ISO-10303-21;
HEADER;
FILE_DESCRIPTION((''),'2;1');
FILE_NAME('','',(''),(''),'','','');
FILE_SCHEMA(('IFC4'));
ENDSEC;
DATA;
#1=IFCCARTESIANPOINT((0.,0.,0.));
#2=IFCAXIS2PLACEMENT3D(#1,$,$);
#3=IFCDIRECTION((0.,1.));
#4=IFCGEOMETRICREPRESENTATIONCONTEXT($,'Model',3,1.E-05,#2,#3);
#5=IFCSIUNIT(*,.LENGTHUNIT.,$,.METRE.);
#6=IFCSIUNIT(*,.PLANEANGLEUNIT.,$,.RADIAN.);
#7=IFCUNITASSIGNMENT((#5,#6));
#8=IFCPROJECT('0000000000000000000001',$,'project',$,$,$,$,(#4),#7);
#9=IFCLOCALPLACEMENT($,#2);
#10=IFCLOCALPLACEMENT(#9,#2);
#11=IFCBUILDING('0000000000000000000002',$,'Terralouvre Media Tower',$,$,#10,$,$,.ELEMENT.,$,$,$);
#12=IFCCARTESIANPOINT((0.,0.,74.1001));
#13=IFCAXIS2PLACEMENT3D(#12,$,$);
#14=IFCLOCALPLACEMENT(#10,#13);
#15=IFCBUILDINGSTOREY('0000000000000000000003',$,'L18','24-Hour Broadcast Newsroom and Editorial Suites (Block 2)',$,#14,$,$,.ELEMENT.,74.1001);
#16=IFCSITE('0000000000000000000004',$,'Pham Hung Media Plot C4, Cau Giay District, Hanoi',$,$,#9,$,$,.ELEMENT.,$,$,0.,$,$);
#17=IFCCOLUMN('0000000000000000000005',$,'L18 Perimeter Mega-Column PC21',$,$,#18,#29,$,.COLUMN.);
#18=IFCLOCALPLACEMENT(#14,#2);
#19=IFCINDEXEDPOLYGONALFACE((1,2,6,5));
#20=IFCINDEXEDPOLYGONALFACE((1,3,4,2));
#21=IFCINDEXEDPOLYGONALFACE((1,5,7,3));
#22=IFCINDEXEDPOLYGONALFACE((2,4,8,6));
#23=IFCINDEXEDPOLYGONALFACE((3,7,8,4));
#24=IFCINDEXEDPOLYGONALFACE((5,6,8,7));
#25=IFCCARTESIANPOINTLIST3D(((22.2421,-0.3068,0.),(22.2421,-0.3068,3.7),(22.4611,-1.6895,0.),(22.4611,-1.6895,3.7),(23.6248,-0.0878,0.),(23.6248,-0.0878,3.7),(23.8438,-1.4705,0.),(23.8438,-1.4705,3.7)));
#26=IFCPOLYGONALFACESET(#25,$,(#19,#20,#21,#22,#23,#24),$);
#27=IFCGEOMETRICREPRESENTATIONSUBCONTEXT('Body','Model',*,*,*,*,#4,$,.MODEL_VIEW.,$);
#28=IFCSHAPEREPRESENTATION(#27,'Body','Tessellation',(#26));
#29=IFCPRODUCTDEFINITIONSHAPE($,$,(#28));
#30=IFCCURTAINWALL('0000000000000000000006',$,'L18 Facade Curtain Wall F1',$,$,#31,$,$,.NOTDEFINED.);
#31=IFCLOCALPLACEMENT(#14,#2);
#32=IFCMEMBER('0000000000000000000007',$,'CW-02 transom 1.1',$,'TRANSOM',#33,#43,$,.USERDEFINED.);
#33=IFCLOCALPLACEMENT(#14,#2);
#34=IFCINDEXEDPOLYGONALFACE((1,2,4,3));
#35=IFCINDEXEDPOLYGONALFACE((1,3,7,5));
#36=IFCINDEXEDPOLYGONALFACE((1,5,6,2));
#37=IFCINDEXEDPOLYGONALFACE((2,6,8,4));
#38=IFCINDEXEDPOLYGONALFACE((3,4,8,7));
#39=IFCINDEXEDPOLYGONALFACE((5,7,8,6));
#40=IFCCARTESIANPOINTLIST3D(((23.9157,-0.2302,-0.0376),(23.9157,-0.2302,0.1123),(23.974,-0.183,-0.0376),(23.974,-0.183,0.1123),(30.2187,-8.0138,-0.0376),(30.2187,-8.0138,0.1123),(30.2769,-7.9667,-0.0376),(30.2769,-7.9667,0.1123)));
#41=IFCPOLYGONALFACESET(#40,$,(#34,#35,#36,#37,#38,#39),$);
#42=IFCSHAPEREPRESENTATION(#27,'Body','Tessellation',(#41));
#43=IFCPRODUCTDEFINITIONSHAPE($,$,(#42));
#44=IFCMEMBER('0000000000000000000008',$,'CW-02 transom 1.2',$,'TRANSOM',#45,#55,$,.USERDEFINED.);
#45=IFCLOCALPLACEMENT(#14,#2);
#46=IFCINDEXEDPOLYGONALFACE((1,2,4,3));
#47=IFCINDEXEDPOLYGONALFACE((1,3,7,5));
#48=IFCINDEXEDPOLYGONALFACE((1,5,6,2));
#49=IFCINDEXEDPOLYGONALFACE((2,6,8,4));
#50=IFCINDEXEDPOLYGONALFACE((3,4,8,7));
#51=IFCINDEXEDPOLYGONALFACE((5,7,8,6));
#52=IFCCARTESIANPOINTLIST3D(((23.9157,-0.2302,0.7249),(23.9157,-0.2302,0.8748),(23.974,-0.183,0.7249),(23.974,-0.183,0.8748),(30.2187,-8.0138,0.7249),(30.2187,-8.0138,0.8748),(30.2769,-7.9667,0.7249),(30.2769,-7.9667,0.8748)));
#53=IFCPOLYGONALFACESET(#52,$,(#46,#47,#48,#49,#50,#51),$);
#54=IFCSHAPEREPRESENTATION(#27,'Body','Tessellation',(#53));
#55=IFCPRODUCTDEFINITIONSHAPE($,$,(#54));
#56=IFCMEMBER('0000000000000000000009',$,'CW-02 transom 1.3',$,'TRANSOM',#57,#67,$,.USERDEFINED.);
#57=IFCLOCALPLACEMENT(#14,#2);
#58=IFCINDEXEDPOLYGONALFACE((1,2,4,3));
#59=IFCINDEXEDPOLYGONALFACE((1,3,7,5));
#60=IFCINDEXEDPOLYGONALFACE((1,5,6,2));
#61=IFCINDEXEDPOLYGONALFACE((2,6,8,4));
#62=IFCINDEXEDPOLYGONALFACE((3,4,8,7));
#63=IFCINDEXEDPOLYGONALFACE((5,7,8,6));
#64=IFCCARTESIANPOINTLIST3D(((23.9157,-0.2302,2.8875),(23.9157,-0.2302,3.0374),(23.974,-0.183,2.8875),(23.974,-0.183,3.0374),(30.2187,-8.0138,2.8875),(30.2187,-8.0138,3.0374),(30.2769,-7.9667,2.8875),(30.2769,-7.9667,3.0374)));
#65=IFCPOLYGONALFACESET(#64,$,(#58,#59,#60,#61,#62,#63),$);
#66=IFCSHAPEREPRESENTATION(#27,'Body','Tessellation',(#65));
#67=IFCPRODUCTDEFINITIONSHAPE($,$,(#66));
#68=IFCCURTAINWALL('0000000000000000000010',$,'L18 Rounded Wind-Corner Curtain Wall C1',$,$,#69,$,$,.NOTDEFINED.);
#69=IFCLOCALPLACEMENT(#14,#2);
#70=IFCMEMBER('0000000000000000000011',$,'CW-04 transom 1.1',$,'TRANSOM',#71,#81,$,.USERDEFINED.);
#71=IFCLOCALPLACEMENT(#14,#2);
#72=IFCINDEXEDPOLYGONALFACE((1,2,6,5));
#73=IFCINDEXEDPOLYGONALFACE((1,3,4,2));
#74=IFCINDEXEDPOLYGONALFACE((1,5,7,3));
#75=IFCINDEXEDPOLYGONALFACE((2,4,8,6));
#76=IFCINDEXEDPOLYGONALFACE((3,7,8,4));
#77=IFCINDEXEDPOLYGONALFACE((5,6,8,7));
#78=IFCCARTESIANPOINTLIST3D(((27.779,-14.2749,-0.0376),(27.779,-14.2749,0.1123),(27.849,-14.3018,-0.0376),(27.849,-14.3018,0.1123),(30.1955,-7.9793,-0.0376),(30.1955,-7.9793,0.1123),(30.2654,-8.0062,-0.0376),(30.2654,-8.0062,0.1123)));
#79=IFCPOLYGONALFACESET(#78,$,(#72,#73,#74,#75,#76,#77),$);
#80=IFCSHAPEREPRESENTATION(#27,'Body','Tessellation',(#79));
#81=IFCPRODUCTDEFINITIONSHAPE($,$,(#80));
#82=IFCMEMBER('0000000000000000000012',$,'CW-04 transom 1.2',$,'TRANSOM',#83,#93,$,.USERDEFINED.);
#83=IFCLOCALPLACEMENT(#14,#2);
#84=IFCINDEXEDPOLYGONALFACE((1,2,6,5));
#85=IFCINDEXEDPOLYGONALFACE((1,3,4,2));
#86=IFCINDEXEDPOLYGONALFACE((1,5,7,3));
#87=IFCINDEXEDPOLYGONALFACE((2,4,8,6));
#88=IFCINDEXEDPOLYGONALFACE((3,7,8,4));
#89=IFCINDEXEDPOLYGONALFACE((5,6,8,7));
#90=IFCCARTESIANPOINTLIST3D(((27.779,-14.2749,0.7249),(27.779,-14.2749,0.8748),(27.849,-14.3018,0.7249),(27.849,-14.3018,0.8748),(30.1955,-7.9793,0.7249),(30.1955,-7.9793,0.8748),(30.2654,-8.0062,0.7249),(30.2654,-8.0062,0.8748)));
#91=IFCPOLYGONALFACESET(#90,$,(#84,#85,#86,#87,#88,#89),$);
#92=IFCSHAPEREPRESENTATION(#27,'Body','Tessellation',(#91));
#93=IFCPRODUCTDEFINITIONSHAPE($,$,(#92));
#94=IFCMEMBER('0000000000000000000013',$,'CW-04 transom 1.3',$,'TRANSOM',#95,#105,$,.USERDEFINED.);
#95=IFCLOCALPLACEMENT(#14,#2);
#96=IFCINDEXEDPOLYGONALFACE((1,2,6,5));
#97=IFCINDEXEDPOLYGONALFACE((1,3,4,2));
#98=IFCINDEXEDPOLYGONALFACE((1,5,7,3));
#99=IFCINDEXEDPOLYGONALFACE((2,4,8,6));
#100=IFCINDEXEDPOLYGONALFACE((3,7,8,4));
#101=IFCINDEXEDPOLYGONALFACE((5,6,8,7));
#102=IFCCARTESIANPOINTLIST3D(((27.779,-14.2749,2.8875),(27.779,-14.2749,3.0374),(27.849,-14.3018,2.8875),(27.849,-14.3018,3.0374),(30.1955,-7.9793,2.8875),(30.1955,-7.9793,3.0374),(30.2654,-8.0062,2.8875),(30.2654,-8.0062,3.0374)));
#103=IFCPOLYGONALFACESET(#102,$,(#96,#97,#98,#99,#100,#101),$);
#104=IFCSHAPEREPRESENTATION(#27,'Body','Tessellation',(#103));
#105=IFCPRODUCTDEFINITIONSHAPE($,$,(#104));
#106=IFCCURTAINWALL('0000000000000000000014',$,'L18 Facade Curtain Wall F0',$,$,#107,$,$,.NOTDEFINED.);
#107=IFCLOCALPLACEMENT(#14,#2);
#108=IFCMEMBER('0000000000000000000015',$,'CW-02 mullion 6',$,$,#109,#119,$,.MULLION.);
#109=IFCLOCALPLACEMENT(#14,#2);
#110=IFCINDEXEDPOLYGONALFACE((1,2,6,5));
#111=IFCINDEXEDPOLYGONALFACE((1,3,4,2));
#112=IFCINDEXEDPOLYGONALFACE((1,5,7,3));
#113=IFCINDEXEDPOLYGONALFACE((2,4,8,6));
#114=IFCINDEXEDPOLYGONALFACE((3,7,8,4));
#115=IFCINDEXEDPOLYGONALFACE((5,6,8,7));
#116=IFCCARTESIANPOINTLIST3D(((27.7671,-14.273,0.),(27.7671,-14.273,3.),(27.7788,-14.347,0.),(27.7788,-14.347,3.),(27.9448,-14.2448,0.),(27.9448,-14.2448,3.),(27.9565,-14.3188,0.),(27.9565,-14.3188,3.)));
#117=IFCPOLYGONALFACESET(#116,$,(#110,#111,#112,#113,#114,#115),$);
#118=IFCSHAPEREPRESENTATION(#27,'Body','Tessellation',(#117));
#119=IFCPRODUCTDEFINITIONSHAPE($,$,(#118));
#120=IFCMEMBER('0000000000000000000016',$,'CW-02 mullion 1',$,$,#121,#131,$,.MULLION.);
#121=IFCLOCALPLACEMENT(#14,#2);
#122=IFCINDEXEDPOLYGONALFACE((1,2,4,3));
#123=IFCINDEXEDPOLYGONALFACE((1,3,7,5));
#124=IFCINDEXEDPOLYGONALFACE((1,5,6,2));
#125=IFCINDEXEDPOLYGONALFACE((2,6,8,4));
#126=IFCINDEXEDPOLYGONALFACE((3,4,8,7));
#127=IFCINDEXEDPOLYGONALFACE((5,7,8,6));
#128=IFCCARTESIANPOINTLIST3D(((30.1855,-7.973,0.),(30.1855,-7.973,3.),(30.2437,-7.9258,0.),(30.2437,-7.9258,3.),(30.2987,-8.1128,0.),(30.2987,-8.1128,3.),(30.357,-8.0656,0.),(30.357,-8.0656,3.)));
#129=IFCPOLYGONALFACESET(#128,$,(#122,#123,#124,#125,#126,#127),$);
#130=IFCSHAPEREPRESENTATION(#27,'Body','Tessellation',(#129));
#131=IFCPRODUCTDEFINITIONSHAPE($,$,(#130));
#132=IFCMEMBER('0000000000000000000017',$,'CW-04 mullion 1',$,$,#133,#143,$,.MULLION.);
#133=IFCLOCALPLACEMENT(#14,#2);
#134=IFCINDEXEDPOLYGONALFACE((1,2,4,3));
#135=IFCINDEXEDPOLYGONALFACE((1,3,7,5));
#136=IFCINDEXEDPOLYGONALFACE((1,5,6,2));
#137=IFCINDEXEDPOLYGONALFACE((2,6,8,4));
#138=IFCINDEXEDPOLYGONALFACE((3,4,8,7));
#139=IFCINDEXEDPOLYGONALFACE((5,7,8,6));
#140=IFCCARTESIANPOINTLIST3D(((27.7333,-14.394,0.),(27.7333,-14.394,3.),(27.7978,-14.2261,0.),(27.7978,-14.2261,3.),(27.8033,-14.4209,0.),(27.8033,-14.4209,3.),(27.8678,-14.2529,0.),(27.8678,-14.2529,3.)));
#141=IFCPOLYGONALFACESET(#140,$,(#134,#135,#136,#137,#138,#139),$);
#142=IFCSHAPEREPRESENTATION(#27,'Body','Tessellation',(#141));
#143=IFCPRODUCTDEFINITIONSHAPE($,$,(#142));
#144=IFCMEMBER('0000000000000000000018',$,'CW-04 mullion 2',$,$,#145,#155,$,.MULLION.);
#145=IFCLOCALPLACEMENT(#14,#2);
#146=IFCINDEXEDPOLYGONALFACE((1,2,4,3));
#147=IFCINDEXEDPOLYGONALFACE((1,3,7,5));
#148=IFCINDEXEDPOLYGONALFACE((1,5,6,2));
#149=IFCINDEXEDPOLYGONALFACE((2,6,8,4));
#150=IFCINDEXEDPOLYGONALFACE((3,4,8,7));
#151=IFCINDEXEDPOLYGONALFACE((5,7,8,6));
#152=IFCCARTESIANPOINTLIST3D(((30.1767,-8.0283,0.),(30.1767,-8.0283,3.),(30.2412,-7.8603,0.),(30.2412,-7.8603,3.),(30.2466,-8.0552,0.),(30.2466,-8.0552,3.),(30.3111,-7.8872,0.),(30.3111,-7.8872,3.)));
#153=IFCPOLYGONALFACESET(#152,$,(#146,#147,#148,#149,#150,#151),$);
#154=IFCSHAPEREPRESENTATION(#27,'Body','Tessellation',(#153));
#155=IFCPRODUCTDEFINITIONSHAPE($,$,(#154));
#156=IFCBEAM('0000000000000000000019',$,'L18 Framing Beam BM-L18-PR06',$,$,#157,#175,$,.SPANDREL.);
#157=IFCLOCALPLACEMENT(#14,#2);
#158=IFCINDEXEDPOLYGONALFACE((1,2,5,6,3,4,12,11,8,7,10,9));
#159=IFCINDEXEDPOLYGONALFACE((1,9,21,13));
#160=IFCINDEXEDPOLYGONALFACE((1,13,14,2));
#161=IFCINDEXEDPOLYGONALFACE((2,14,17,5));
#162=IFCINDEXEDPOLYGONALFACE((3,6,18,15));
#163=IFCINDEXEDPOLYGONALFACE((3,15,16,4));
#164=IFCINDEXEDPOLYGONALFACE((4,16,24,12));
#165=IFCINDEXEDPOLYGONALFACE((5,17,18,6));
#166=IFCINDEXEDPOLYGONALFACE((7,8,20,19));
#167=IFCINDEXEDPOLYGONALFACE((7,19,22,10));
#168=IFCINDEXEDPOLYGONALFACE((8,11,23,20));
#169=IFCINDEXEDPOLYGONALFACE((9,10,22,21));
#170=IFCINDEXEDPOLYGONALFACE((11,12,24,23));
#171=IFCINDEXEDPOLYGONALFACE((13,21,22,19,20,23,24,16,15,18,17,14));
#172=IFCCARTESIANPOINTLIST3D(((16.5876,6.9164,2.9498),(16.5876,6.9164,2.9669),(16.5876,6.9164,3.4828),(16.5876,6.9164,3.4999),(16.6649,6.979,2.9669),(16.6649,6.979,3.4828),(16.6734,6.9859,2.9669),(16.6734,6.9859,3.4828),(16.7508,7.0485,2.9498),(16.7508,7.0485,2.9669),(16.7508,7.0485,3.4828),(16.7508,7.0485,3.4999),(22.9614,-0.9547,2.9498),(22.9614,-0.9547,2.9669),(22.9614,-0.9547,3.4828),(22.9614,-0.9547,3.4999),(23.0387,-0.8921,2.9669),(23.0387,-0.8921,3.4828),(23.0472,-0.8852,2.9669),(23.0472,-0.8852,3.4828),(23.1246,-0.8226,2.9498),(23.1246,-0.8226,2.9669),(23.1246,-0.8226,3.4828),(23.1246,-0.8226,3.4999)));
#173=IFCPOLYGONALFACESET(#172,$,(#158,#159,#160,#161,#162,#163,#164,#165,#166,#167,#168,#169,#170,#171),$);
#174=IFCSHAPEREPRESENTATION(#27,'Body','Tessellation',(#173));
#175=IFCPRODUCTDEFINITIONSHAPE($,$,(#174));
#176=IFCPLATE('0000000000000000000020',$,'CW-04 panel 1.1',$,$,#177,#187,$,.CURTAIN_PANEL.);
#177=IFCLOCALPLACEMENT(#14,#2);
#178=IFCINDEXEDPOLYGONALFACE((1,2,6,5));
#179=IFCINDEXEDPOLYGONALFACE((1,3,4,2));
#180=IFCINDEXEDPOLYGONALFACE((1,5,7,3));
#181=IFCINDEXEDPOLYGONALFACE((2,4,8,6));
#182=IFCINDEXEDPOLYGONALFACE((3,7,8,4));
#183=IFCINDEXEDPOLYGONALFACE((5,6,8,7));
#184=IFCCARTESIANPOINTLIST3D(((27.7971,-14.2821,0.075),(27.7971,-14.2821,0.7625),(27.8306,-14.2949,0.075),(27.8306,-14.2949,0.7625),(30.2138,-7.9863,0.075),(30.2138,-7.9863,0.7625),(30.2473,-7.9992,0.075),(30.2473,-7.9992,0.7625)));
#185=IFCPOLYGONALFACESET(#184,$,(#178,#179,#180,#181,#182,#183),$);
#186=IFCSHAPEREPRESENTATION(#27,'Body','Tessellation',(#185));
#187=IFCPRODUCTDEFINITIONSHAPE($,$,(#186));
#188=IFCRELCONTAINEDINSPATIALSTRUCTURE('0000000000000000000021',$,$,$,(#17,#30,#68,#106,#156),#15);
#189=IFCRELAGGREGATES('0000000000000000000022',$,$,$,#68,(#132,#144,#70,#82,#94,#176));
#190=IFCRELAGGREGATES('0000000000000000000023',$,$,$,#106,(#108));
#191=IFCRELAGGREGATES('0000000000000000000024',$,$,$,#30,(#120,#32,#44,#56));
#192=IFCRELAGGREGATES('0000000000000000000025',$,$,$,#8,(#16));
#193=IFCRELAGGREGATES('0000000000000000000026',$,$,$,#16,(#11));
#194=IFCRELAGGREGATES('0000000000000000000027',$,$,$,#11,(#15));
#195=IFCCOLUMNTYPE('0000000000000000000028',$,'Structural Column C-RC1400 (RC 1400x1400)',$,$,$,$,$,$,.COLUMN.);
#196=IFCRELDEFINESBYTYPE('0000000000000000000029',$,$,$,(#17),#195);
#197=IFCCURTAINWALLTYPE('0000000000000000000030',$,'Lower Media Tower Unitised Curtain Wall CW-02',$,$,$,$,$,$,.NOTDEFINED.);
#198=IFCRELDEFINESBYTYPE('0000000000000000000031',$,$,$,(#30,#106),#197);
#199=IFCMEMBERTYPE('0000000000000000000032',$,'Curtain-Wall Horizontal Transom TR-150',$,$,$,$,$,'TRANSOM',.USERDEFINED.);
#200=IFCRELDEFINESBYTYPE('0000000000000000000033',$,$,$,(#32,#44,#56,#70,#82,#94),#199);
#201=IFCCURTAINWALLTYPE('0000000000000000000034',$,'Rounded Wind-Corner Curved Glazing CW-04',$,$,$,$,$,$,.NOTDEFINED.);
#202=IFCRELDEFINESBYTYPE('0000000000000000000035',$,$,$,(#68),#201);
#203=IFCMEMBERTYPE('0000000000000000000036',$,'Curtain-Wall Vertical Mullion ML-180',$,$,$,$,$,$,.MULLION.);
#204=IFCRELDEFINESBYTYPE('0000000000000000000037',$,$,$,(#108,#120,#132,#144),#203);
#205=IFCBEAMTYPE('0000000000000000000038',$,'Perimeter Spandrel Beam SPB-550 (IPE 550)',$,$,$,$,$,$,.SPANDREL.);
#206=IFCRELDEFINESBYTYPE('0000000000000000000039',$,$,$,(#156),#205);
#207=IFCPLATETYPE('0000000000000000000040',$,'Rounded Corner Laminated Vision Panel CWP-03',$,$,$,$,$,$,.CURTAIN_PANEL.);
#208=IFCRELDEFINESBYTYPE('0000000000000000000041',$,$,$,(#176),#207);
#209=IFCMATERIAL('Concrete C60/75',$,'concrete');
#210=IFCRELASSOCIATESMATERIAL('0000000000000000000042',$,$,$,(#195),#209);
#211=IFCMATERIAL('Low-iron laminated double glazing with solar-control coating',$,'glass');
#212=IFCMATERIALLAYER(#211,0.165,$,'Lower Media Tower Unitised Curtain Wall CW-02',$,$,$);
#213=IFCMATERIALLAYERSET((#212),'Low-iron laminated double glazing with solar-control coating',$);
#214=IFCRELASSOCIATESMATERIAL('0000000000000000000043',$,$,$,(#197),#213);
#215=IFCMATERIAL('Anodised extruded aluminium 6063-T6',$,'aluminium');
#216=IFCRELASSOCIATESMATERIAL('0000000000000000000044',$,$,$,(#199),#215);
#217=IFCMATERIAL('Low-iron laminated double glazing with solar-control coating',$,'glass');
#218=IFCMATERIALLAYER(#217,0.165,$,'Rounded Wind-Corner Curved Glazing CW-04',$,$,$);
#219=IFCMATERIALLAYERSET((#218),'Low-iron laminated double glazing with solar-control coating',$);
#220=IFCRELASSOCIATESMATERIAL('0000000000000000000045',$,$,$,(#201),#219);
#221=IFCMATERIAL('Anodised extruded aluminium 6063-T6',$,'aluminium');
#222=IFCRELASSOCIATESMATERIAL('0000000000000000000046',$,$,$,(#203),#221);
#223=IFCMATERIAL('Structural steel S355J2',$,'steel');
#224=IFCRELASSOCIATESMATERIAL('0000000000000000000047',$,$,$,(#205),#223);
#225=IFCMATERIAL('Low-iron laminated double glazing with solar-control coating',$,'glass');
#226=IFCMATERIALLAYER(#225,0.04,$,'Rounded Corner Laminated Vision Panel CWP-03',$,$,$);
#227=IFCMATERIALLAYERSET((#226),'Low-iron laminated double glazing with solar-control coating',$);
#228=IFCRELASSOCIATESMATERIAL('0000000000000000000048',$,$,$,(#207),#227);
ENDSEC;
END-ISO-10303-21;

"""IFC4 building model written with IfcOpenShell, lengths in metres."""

from ifc_helpers import new_model, si_unit, direction, frame, origin, origin_2d, place, context, subcontext, project, spatial, rectangle, i_section, extrude, material, layer, layer_set, material_profile, profile_set, type_object, element, aggregate, save


model = new_model("IFC4")

# Units and contexts
model_context = context("Model", 3, precision=1e-05, world=origin(), true_north=direction((0.0, 1.0)))
body_context = subcontext(model_context, "Body", "Model", "MODEL_VIEW")
ifc_project = project(units=[si_unit("LENGTHUNIT", "METRE"), si_unit("PLANEANGLEUNIT", "RADIAN")], contexts=[model_context])

# Site, building, storey
site_placement = place(None, origin())
site = spatial("IfcSite", under=ifc_project, at=site_placement, Name="Pham Hung Media Plot C4, Cau Giay District, Hanoi", CompositionType="ELEMENT", RefElevation=0.0)
building_placement = place(site_placement, origin())
building = spatial("IfcBuilding", under=site, at=building_placement, Name="Terralouvre Media Tower", CompositionType="ELEMENT")
storey_placement = place(building_placement, frame((0.0, 0.0, 74.1001)))
storey = spatial("IfcBuildingStorey", under=building, at=storey_placement, Name="L18", Description="24-Hour Broadcast Newsroom and Editorial Suites (Block 2)", CompositionType="ELEMENT", Elevation=74.1001)

# Column
ifc_material_1 = material(Name="Concrete C60/75", Category="concrete")
ifc_material_profile_1 = material_profile(ifc_material_1, rectangle(XDim=1.3999, YDim=1.3999, at=origin_2d()), Name="RC 1400x1400")
ifc_profile_set_1 = profile_set([ifc_material_profile_1], Name="Concrete C60/75")
column_type = type_object("IfcColumnType", Name="Structural Column C-RC1400 (RC 1400x1400)", PredefinedType="COLUMN", material=ifc_profile_set_1)
column_placement = place(storey_placement, frame((23.043, -0.8887, 0.0), z_axis=(0.0, 0.0, 1.0), x_axis=(0.987688, 0.156434, 0.0)))
element("IfcColumn", 1, at=column_placement, inside=storey, type_object=column_type, Name="L18 Perimeter Mega-Column PC21", PredefinedType="COLUMN", context=body_context, shape_type="SweptSolid", body=[
    extrude(rectangle(XDim=1.3999, YDim=1.3999, at=origin_2d()), origin(), (0.0, 0.0, 1.0), 3.7),
])

# Curtain walls, members
ifc_material_2 = material(Name="Low-iron laminated double glazing with solar-control coating", Category="glass")
ifc_layer_1 = layer(ifc_material_2, 0.165, Name="Lower Media Tower Unitised Curtain Wall CW-02")
ifc_layer_set_1 = layer_set([ifc_layer_1], Name="Low-iron laminated double glazing with solar-control coating")
curtain_wall_type_1 = type_object("IfcCurtainWallType", Name="Lower Media Tower Unitised Curtain Wall CW-02", PredefinedType="NOTDEFINED", material=ifc_layer_set_1)
curtain_wall_1_placement = place(storey_placement, origin())
curtain_wall_1 = element("IfcCurtainWall", 2, at=curtain_wall_1_placement, inside=storey, type_object=curtain_wall_type_1, Name="L18 Facade Curtain Wall F1", PredefinedType="NOTDEFINED")
ifc_material_3 = material(Name="Anodised extruded aluminium 6063-T6", Category="aluminium")
ifc_material_profile_2 = material_profile(ifc_material_3, rectangle(XDim=0.075, YDim=0.1499, at=origin_2d()), Name="ALU 75x150")
ifc_profile_set_2 = profile_set([ifc_material_profile_2], Name="Anodised extruded aluminium 6063-T6")
member_type_1 = type_object("IfcMemberType", Name="Curtain-Wall Horizontal Transom TR-150", ElementType="TRANSOM", PredefinedType="USERDEFINED", material=ifc_profile_set_2)
member_1_placement = place(storey_placement, frame((30.2478, -7.9902, 0.0374), z_axis=(-0.629313, 0.777152, 0.0), x_axis=(-0.777152, -0.629313, 0.0)))
member_1 = element("IfcMember", 3, at=member_1_placement, type_object=member_type_1, Name="CW-02 transom 1.1", ObjectType="TRANSOM", PredefinedType="USERDEFINED", context=body_context, shape_type="SweptSolid", body=[
    extrude(rectangle(XDim=0.075, YDim=0.1499, at=origin_2d()), origin(), (0.0, 0.0, 1.0), 10.0156),
])
member_2_placement = place(storey_placement, frame((30.2478, -7.9902, 0.7998), z_axis=(-0.629313, 0.777152, 0.0), x_axis=(-0.777152, -0.629313, 0.0)))
member_2 = element("IfcMember", 4, at=member_2_placement, type_object=member_type_1, Name="CW-02 transom 1.2", ObjectType="TRANSOM", PredefinedType="USERDEFINED", context=body_context, shape_type="SweptSolid", body=[
    extrude(rectangle(XDim=0.075, YDim=0.1499, at=origin_2d()), origin(), (0.0, 0.0, 1.0), 10.0156),
])
member_3_placement = place(storey_placement, frame((30.2478, -7.9902, 2.9624), z_axis=(-0.629313, 0.777152, 0.0), x_axis=(-0.777152, -0.629313, 0.0)))
member_3 = element("IfcMember", 5, at=member_3_placement, type_object=member_type_1, Name="CW-02 transom 1.3", ObjectType="TRANSOM", PredefinedType="USERDEFINED", context=body_context, shape_type="SweptSolid", body=[
    extrude(rectangle(XDim=0.075, YDim=0.1499, at=origin_2d()), origin(), (0.0, 0.0, 1.0), 10.0156),
])
ifc_material_4 = material(Name="Low-iron laminated double glazing with solar-control coating", Category="glass")
ifc_layer_2 = layer(ifc_material_4, 0.165, Name="Rounded Wind-Corner Curved Glazing CW-04")
ifc_layer_set_2 = layer_set([ifc_layer_2], Name="Low-iron laminated double glazing with solar-control coating")
curtain_wall_type_2 = type_object("IfcCurtainWallType", Name="Rounded Wind-Corner Curved Glazing CW-04", PredefinedType="NOTDEFINED", material=ifc_layer_set_2)
curtain_wall_2_placement = place(storey_placement, origin())
curtain_wall_2 = element("IfcCurtainWall", 6, at=curtain_wall_2_placement, inside=storey, type_object=curtain_wall_type_2, Name="L18 Rounded Wind-Corner Curtain Wall C1", PredefinedType="NOTDEFINED")
member_4_placement = place(storey_placement, frame((27.814, -14.2883, 0.0374), z_axis=(0.358346, 0.933589, 0.0), x_axis=(-0.933589, 0.358346, 0.0)))
member_4 = element("IfcMember", 7, at=member_4_placement, type_object=member_type_1, Name="CW-04 transom 1.1", ObjectType="TRANSOM", PredefinedType="USERDEFINED", context=body_context, shape_type="SweptSolid", body=[
    extrude(rectangle(XDim=0.075, YDim=0.1499, at=origin_2d()), origin(), (0.0, 0.0, 1.0), 6.7434),
])
member_5_placement = place(storey_placement, frame((27.814, -14.2883, 0.7998), z_axis=(0.358346, 0.933589, 0.0), x_axis=(-0.933589, 0.358346, 0.0)))
member_5 = element("IfcMember", 8, at=member_5_placement, type_object=member_type_1, Name="CW-04 transom 1.2", ObjectType="TRANSOM", PredefinedType="USERDEFINED", context=body_context, shape_type="SweptSolid", body=[
    extrude(rectangle(XDim=0.075, YDim=0.1499, at=origin_2d()), origin(), (0.0, 0.0, 1.0), 6.7434),
])
member_6_placement = place(storey_placement, frame((27.814, -14.2883, 2.9624), z_axis=(0.358346, 0.933589, 0.0), x_axis=(-0.933589, 0.358346, 0.0)))
member_6 = element("IfcMember", 9, at=member_6_placement, type_object=member_type_1, Name="CW-04 transom 1.3", ObjectType="TRANSOM", PredefinedType="USERDEFINED", context=body_context, shape_type="SweptSolid", body=[
    extrude(rectangle(XDim=0.075, YDim=0.1499, at=origin_2d()), origin(), (0.0, 0.0, 1.0), 6.7434),
])

# Curtain wall, member
curtain_wall_3_placement = place(storey_placement, origin())
curtain_wall_3 = element("IfcCurtainWall", 10, at=curtain_wall_3_placement, inside=storey, type_object=curtain_wall_type_1, Name="L18 Facade Curtain Wall F0", PredefinedType="NOTDEFINED")
ifc_material_5 = material(Name="Anodised extruded aluminium 6063-T6", Category="aluminium")
ifc_material_profile_3 = material_profile(ifc_material_5, rectangle(XDim=0.075, YDim=0.1799, at=origin_2d()), Name="ALU 75x180")
ifc_profile_set_3 = profile_set([ifc_material_profile_3], Name="Anodised extruded aluminium 6063-T6")
member_type_2 = type_object("IfcMemberType", Name="Curtain-Wall Vertical Mullion ML-180", PredefinedType="MULLION", material=ifc_profile_set_3)
member_7_placement = place(storey_placement, frame((27.8618, -14.2959, 0.0), z_axis=(0.0, 0.0, 1.0), x_axis=(-0.156434, 0.987688, 0.0)))
member_7 = element("IfcMember", 11, at=member_7_placement, type_object=member_type_2, Name="CW-02 mullion 6", PredefinedType="MULLION", context=body_context, shape_type="SweptSolid", body=[
    extrude(rectangle(XDim=0.075, YDim=0.1799, at=origin_2d()), origin(), (0.0, 0.0, 1.0), 3.0),
])

# Members
member_8_placement = place(storey_placement, frame((30.2712, -8.0193, 0.0), z_axis=(0.0, 0.0, 1.0), x_axis=(-0.777146, -0.62932, 0.0)))
member_8 = element("IfcMember", 12, at=member_8_placement, type_object=member_type_2, Name="CW-02 mullion 1", PredefinedType="MULLION", context=body_context, shape_type="SweptSolid", body=[
    extrude(rectangle(XDim=0.075, YDim=0.1799, at=origin_2d()), origin(), (0.0, 0.0, 1.0), 3.0),
])
member_9_placement = place(storey_placement, frame((27.8005, -14.3235, 0.0), z_axis=(0.0, 0.0, 1.0), x_axis=(-0.933581, 0.358367, 0.0)))
member_9 = element("IfcMember", 13, at=member_9_placement, type_object=member_type_2, Name="CW-04 mullion 1", PredefinedType="MULLION", context=body_context, shape_type="SweptSolid", body=[
    extrude(rectangle(XDim=0.075, YDim=0.1799, at=origin_2d()), origin(), (0.0, 0.0, 1.0), 3.0),
])
member_10_placement = place(storey_placement, frame((30.2439, -7.9578, 0.0), z_axis=(0.0, 0.0, 1.0), x_axis=(-0.933581, 0.358367, 0.0)))
member_10 = element("IfcMember", 14, at=member_10_placement, type_object=member_type_2, Name="CW-04 mullion 2", PredefinedType="MULLION", context=body_context, shape_type="SweptSolid", body=[
    extrude(rectangle(XDim=0.075, YDim=0.1799, at=origin_2d()), origin(), (0.0, 0.0, 1.0), 3.0),
])

# Beam
ifc_material_6 = material(Name="Structural steel S355J2", Category="steel")
ifc_material_profile_4 = material_profile(ifc_material_6, i_section(OverallWidth=0.21, OverallDepth=0.55, WebThickness=0.011, FlangeThickness=0.0171, at=origin_2d()), Name="IPE 550")
ifc_profile_set_4 = profile_set([ifc_material_profile_4], Name="Structural steel S355J2")
beam_type = type_object("IfcBeamType", Name="Perimeter Spandrel Beam SPB-550 (IPE 550)", PredefinedType="SPANDREL", material=ifc_profile_set_4)
beam_placement = place(storey_placement, frame((23.043, -0.8887, 3.2249), z_axis=(-0.629314, 0.777151, 0.0), x_axis=(-0.777151, -0.629314, 0.0)))
element("IfcBeam", 15, at=beam_placement, inside=storey, type_object=beam_type, Name="L18 Framing Beam BM-L18-PR06", PredefinedType="SPANDREL", context=body_context, shape_type="SweptSolid", body=[
    extrude(i_section(OverallWidth=0.21, OverallDepth=0.55, WebThickness=0.011, FlangeThickness=0.0171, at=origin_2d()), origin(), (0.0, 0.0, 1.0), 10.1282),
])

# Plate
ifc_material_7 = material(Name="Low-iron laminated double glazing with solar-control coating", Category="glass")
ifc_layer_3 = layer(ifc_material_7, 0.04, Name="Rounded Corner Laminated Vision Panel CWP-03")
ifc_layer_set_3 = layer_set([ifc_layer_3], Name="Low-iron laminated double glazing with solar-control coating")
plate_type_1 = type_object("IfcPlateType", Name="Rounded Corner Laminated Vision Panel CWP-03", PredefinedType="CURTAIN_PANEL", material=ifc_layer_set_3)
plate_1_placement = place(storey_placement, frame((29.0222, -11.1406, 0.075), z_axis=(0.0, 0.0, 1.0), x_axis=(0.358367, 0.933581, 0.0)))
plate_1 = element("IfcPlate", 16, at=plate_1_placement, type_object=plate_type_1, Name="CW-04 panel 1.1", PredefinedType="CURTAIN_PANEL", context=body_context, shape_type="SweptSolid", body=[
    extrude(rectangle(XDim=6.7437, YDim=0.0359, at=origin_2d()), origin(), (0.0, 0.0, 1.0), 0.6875),
])
aggregate(curtain_wall_2, [member_9, member_10, member_4, member_5, member_6, plate_1])
aggregate(curtain_wall_3, [member_7])
aggregate(curtain_wall_1, [member_8, member_1, member_2, member_3])

save(model, "model.ifc")
